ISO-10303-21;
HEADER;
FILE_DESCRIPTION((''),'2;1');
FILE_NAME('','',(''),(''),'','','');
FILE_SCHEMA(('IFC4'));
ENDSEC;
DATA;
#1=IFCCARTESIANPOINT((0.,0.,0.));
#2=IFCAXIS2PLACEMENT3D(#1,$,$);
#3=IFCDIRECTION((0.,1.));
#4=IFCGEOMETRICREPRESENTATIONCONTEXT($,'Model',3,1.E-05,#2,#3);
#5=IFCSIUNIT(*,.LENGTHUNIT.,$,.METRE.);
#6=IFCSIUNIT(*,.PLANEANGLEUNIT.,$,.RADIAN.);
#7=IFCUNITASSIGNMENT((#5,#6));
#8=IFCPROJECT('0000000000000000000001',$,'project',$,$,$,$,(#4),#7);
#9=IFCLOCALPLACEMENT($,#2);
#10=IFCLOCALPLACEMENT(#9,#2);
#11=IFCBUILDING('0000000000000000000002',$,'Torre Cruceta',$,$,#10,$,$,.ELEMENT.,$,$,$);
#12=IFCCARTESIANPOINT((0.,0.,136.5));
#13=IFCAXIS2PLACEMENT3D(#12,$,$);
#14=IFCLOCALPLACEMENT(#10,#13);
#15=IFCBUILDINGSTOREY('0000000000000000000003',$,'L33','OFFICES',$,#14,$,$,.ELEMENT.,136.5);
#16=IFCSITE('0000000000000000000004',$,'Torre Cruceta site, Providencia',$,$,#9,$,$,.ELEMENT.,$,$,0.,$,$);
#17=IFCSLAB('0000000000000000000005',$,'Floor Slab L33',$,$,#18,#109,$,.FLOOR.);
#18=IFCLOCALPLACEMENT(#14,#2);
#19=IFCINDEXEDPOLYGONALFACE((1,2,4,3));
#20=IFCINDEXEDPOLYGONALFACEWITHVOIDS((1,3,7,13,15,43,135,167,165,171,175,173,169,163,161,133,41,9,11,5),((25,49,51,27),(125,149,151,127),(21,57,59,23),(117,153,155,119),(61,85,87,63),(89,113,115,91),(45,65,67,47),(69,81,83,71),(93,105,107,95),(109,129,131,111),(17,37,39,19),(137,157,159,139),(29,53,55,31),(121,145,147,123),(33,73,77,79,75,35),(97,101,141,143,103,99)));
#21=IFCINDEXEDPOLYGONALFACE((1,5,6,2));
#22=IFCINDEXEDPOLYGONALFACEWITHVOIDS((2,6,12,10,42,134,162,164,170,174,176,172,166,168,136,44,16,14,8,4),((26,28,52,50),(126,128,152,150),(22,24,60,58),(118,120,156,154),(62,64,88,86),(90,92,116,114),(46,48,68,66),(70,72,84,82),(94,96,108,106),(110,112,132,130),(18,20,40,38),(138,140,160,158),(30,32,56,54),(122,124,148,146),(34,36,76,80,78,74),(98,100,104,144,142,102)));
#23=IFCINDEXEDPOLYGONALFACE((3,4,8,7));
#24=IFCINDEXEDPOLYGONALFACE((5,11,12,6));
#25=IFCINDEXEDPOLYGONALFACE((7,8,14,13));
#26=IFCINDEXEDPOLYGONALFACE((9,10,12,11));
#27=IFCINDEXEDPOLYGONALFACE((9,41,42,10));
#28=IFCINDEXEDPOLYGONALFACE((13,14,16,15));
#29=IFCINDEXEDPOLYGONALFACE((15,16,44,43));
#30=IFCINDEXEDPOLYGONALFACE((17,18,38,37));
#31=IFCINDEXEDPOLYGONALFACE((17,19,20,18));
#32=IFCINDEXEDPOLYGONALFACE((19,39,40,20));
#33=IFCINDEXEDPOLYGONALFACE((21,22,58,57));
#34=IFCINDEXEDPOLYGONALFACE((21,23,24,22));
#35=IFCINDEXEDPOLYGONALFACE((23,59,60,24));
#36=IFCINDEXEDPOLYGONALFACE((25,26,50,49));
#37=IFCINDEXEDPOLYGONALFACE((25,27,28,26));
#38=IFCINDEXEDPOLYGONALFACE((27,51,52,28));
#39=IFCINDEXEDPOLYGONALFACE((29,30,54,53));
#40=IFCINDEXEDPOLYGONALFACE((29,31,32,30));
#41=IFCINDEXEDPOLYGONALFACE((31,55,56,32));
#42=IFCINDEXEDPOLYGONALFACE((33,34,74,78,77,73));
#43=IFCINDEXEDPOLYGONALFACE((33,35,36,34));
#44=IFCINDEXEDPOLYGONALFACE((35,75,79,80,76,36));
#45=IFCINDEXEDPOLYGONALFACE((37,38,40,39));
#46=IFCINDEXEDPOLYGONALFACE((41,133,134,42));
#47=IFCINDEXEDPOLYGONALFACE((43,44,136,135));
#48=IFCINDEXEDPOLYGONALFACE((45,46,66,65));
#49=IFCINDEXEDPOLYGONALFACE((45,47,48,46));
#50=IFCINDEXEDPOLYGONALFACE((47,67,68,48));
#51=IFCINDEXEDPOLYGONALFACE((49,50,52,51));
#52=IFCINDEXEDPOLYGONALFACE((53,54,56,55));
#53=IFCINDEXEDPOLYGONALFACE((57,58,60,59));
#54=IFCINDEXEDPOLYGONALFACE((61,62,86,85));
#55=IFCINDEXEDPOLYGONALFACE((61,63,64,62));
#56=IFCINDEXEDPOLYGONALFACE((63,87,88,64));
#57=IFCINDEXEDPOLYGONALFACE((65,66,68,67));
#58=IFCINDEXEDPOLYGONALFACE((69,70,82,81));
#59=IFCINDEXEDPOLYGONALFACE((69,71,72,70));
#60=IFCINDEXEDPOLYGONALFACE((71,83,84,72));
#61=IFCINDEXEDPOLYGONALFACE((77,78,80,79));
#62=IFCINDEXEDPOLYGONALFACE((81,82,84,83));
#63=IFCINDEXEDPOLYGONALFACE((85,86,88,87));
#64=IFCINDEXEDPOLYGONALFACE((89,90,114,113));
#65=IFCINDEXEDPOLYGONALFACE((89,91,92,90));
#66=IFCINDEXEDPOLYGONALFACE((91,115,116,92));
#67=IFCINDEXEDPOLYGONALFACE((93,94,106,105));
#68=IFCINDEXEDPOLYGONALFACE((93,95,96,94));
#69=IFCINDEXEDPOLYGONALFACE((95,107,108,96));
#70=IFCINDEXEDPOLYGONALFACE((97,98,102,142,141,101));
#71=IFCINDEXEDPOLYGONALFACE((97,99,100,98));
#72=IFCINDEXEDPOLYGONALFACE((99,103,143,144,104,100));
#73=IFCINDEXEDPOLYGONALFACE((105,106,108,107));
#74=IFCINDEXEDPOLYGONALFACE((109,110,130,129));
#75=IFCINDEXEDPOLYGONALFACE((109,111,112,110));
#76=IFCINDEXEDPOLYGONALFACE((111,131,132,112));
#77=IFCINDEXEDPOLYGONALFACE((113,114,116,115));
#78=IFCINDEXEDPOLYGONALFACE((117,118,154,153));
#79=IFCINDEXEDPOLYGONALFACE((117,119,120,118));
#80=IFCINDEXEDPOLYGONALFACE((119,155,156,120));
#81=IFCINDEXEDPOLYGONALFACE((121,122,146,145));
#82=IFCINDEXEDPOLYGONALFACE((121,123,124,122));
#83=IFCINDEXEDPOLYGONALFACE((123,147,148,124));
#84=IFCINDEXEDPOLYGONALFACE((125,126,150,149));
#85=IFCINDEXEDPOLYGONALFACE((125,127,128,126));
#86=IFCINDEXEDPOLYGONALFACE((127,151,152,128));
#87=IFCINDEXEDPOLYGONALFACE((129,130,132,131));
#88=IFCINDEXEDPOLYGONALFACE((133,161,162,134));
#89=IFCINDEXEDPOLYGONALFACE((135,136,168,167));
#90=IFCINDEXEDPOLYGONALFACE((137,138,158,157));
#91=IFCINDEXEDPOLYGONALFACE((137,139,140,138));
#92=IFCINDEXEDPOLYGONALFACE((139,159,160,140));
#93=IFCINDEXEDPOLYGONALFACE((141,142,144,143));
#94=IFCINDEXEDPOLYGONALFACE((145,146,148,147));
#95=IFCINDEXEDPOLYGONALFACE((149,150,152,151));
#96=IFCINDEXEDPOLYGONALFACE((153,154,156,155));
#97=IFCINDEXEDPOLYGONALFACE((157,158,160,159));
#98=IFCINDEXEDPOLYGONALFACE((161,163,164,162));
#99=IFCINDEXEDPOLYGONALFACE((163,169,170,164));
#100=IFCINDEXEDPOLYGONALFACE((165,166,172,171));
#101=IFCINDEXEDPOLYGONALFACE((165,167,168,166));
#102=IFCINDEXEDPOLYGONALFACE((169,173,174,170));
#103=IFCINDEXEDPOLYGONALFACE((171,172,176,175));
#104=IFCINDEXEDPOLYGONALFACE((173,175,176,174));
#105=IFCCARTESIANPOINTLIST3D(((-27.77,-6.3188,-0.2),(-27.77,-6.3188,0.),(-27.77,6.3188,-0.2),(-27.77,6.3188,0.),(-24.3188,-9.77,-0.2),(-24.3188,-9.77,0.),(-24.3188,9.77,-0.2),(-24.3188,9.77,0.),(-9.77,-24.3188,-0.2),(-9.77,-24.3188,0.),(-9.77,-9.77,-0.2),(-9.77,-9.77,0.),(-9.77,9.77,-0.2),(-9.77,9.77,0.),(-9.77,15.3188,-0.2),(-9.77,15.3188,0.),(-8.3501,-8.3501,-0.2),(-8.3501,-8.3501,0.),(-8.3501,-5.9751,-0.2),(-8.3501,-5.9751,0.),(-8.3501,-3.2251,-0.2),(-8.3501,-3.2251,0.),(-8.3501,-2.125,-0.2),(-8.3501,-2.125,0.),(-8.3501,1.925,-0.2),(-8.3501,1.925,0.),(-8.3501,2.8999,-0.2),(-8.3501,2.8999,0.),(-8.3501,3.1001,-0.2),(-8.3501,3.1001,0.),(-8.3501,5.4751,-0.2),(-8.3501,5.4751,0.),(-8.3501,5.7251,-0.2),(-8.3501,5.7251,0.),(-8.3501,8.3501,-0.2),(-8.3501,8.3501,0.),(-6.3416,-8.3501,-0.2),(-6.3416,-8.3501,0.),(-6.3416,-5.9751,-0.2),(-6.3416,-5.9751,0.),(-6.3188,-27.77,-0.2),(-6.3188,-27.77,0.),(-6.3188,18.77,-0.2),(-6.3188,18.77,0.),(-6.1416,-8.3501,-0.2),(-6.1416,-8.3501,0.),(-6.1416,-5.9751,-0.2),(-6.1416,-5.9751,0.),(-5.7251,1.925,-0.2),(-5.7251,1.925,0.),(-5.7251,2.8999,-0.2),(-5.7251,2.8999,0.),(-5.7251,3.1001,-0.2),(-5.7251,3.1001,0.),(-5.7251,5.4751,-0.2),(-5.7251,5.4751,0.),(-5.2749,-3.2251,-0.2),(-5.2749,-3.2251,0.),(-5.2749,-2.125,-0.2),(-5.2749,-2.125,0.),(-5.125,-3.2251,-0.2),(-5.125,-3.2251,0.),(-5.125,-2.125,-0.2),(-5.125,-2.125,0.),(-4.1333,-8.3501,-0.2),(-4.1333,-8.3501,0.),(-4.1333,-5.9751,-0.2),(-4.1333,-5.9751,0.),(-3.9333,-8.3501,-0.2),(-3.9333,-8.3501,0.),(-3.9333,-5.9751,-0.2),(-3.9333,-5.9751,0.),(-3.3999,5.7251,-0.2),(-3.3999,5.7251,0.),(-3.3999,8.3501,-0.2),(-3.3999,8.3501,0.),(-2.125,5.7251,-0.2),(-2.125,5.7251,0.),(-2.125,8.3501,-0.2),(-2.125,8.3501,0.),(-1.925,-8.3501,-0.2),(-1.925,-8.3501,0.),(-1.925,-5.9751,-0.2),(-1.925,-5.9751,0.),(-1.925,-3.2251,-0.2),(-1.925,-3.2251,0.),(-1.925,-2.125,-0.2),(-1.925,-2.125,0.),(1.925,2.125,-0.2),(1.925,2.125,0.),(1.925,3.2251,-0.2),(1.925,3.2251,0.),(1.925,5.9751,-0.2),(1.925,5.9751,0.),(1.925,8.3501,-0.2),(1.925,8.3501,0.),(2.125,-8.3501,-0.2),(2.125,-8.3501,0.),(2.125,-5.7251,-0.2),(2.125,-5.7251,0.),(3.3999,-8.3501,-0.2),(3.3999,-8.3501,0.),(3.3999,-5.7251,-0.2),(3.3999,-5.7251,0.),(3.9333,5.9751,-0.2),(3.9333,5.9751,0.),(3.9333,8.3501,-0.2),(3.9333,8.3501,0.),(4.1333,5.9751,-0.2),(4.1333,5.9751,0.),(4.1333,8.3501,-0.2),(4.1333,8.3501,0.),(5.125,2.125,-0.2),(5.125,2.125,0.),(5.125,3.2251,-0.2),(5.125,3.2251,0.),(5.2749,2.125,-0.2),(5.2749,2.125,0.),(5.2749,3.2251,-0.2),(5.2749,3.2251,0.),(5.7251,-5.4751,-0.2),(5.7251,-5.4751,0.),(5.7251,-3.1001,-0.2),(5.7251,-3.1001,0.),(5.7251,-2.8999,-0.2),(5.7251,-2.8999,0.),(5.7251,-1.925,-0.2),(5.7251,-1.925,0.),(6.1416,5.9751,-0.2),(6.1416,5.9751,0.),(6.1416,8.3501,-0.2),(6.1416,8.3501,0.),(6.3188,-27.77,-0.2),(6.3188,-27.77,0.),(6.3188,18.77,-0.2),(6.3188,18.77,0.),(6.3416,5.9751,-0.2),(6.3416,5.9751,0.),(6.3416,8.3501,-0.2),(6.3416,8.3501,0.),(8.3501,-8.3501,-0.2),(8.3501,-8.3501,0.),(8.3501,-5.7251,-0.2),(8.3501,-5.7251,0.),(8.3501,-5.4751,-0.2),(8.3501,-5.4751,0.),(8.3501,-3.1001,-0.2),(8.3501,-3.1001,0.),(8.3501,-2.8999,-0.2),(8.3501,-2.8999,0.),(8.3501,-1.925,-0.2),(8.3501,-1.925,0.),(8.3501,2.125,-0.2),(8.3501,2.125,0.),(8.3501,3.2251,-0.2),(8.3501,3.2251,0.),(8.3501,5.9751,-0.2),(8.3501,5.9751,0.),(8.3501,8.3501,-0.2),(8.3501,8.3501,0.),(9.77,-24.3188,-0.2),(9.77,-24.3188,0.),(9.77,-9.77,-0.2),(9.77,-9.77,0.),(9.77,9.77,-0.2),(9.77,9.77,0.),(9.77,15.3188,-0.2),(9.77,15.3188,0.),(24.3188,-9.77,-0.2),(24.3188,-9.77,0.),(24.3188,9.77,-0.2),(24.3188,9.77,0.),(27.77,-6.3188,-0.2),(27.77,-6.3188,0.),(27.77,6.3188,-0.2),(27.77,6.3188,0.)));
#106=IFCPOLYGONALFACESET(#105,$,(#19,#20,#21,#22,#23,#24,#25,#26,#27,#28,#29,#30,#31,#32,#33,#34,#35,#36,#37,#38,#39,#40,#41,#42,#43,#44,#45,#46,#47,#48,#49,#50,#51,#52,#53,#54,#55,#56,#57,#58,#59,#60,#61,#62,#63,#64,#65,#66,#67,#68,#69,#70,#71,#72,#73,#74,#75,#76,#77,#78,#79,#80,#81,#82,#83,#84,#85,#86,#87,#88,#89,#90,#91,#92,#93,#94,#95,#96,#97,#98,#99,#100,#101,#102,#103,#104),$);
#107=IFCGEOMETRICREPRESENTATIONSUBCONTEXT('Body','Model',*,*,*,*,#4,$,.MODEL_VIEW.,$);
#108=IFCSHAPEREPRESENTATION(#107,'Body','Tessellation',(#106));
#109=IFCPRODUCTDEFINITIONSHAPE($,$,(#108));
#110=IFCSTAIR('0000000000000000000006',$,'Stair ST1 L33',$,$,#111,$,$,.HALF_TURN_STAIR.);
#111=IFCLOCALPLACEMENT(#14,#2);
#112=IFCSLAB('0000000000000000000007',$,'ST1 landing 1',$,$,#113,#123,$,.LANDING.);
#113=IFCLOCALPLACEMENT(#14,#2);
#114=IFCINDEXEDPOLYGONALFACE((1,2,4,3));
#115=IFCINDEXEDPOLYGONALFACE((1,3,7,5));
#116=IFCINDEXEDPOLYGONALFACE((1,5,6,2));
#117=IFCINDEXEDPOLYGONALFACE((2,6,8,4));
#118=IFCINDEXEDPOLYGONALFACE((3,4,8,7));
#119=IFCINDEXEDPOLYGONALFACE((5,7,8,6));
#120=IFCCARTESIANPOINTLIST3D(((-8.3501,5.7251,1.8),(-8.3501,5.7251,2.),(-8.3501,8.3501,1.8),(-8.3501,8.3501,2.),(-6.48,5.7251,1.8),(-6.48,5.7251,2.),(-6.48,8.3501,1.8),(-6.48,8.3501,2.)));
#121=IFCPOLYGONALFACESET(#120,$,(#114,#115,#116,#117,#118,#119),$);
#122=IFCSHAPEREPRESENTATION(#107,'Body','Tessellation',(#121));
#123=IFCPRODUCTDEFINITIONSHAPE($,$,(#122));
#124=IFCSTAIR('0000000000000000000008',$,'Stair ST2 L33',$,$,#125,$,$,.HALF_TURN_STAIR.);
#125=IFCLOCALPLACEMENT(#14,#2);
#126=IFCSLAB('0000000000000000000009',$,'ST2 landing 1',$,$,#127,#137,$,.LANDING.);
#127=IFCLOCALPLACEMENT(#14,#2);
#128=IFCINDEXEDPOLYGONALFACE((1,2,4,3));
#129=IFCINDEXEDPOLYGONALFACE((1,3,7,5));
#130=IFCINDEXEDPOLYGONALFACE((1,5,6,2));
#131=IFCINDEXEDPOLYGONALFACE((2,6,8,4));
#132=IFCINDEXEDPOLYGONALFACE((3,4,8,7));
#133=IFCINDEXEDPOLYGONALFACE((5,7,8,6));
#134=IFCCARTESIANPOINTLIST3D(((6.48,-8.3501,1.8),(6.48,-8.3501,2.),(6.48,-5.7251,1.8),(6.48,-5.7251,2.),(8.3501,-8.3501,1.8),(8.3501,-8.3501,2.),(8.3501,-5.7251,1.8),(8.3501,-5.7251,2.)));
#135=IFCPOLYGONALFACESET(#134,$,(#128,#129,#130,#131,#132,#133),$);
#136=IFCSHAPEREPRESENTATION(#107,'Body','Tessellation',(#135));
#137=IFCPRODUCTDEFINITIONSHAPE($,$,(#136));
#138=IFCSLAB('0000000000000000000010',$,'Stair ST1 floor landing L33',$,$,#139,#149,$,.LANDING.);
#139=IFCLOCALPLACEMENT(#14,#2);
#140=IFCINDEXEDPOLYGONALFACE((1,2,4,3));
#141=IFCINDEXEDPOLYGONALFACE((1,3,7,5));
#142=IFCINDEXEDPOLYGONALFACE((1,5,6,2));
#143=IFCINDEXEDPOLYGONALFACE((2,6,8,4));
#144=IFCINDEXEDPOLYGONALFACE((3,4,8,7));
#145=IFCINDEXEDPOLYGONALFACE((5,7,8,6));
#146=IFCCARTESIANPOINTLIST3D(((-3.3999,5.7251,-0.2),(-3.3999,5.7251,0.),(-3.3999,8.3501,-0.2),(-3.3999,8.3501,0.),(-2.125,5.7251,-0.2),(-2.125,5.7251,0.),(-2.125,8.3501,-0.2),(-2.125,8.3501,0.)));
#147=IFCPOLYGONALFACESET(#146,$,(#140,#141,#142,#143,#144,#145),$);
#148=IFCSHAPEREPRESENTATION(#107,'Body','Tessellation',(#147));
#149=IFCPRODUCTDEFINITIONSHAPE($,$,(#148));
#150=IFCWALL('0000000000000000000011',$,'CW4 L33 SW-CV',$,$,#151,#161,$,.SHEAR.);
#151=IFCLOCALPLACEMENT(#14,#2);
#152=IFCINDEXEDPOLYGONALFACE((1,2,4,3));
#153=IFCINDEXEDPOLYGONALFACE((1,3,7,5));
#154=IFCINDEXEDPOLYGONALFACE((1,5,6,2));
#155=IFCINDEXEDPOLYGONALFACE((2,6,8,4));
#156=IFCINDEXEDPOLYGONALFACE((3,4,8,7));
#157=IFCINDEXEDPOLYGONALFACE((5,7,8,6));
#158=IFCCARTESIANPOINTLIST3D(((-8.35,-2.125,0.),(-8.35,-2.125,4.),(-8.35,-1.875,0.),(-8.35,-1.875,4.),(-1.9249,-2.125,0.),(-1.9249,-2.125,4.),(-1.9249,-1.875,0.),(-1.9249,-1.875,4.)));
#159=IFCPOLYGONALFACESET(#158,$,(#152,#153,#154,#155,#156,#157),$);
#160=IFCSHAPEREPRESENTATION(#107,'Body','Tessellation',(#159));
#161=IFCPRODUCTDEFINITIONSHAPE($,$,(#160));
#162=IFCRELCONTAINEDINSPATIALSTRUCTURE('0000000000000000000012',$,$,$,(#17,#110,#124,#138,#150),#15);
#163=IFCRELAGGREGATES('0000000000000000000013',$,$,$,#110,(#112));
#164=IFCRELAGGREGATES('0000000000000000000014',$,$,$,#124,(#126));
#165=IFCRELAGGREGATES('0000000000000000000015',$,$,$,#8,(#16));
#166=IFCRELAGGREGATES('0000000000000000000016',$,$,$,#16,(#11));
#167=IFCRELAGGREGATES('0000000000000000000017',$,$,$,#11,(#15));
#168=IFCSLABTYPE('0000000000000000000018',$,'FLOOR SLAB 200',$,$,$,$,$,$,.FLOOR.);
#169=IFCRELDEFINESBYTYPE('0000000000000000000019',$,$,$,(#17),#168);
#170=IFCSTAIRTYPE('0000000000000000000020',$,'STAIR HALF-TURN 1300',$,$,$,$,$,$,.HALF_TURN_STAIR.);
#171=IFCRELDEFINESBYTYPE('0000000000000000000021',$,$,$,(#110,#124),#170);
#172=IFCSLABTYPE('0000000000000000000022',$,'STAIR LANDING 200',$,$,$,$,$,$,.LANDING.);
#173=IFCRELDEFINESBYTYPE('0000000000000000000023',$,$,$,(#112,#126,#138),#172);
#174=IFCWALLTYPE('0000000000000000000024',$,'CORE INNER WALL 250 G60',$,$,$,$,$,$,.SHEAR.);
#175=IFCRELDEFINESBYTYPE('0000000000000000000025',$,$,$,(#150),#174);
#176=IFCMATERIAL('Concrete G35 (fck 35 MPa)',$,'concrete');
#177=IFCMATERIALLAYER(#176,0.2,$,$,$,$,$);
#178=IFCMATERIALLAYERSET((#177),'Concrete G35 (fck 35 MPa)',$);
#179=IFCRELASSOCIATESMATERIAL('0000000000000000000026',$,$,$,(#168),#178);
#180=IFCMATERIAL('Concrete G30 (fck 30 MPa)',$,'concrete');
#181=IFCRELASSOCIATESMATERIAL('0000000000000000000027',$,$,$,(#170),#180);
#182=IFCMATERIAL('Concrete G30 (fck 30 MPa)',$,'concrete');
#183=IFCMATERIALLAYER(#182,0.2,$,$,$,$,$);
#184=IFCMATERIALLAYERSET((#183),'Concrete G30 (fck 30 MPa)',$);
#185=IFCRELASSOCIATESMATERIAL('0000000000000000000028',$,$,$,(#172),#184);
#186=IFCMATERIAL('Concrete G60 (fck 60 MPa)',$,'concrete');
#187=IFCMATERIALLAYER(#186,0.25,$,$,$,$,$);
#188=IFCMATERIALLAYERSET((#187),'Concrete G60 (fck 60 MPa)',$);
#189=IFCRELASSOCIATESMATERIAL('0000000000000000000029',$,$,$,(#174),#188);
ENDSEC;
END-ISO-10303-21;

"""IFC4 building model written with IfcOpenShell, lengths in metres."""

from ifc_helpers import new_model, si_unit, direction, frame, frame_2d, origin, place, context, subcontext, project, spatial, polyline, rectangle, outline, extrude, material, layer, layer_set, type_object, element, aggregate, save


model = new_model("IFC4")

# Units and contexts
model_context = context("Model", 3, precision=1e-05, world=origin(), true_north=direction((0.0, 1.0)))
body_context = subcontext(model_context, "Body", "Model", "MODEL_VIEW")
ifc_project = project(units=[si_unit("LENGTHUNIT", "METRE"), si_unit("PLANEANGLEUNIT", "RADIAN")], contexts=[model_context])

# Site, building, storey
site_placement = place(None, origin())
site = spatial("IfcSite", under=ifc_project, at=site_placement, Name="Torre Cruceta site, Providencia", CompositionType="ELEMENT", RefElevation=0.0)
building_placement = place(site_placement, origin())
building = spatial("IfcBuilding", under=site, at=building_placement, Name="Torre Cruceta", CompositionType="ELEMENT")
storey_placement = place(building_placement, frame((0.0, 0.0, 136.5)))
storey = spatial("IfcBuildingStorey", under=building, at=storey_placement, Name="L33", Description="OFFICES", CompositionType="ELEMENT", Elevation=136.5)

# Slab
ifc_material_1 = material(Name="Concrete G35 (fck 35 MPa)", Category="concrete")
ifc_layer_1 = layer(ifc_material_1, 0.2)
ifc_layer_set_1 = layer_set([ifc_layer_1], Name="Concrete G35 (fck 35 MPa)")
slab_type_1 = type_object("IfcSlabType", Name="FLOOR SLAB 200", PredefinedType="FLOOR", material=ifc_layer_set_1)
slab_1_placement = place(storey_placement, frame((0.0, 0.0, -0.2)))
element("IfcSlab", 1, at=slab_1_placement, inside=storey, type_object=slab_type_1, Name="Floor Slab L33", PredefinedType="FLOOR", context=body_context, shape_type="SweptSolid", body=[
    extrude(outline(polyline([(9.77, -9.77), (9.77, -24.3188), (6.3188, -27.77), (-6.3188, -27.77), (-9.77, -24.3188), (-9.77, -9.77), (-24.3188, -9.77), (-27.77, -6.3188), (-27.77, 6.3188), (-24.3188, 9.77), (-9.77, 9.77), (-9.77, 15.3188), (-6.3188, 18.77), (6.3188, 18.77), (9.77, 15.3188), (9.77, 9.77), (24.3188, 9.77), (27.77, 6.3188), (27.77, -6.3188), (24.3188, -9.77), (9.77, -9.77)]), holes=[polyline([(1.925, 5.9751), (3.9333, 5.9751), (3.9333, 8.3501), (1.925, 8.3501), (1.925, 5.9751)]), polyline([(4.1333, 5.9751), (6.1416, 5.9751), (6.1416, 8.3501), (4.1333, 8.3501), (4.1333, 5.9751)]), polyline([(6.3416, 5.9751), (8.3501, 5.9751), (8.3501, 8.3501), (6.3416, 8.3501), (6.3416, 5.9751)]), polyline([(1.925, 2.125), (5.125, 2.125), (5.125, 3.2251), (1.925, 3.2251), (1.925, 2.125)]), polyline([(5.2749, 2.125), (8.3501, 2.125), (8.3501, 3.2251), (5.2749, 3.2251), (5.2749, 2.125)]), polyline([(-8.3501, 3.1001), (-5.7251, 3.1001), (-5.7251, 5.4751), (-8.3501, 5.4751), (-8.3501, 3.1001)]), polyline([(-8.3501, 1.925), (-5.7251, 1.925), (-5.7251, 2.8999), (-8.3501, 2.8999), (-8.3501, 1.925)]), polyline([(-3.9333, -8.3501), (-1.925, -8.3501), (-1.925, -5.9751), (-3.9333, -5.9751), (-3.9333, -8.3501)]), polyline([(-6.1416, -8.3501), (-4.1333, -8.3501), (-4.1333, -5.9751), (-6.1416, -5.9751), (-6.1416, -8.3501)]), polyline([(-8.3501, -8.3501), (-6.3416, -8.3501), (-6.3416, -5.9751), (-8.3501, -5.9751), (-8.3501, -8.3501)]), polyline([(-5.125, -3.2251), (-1.925, -3.2251), (-1.925, -2.125), (-5.125, -2.125), (-5.125, -3.2251)]), polyline([(-8.3501, -3.2251), (-5.2749, -3.2251), (-5.2749, -2.125), (-8.3501, -2.125), (-8.3501, -3.2251)]), polyline([(5.7251, -5.4751), (8.3501, -5.4751), (8.3501, -3.1001), (5.7251, -3.1001), (5.7251, -5.4751)]), polyline([(5.7251, -2.8999), (8.3501, -2.8999), (8.3501, -1.925), (5.7251, -1.925), (5.7251, -2.8999)]), polyline([(-8.3501, 5.7251), (-8.3501, 8.3501), (-3.3999, 8.3501), (-2.125, 8.3501), (-2.125, 5.7251), (-3.3999, 5.7251), (-8.3501, 5.7251)]), polyline([(2.125, -5.7251), (3.3999, -5.7251), (8.3501, -5.7251), (8.3501, -8.3501), (3.3999, -8.3501), (2.125, -8.3501), (2.125, -5.7251)])]), origin(), (0.0, 0.0, 1.0), 0.2),
])

# Stairs, slabs
ifc_material_2 = material(Name="Concrete G30 (fck 30 MPa)", Category="concrete")
stair_type = type_object("IfcStairType", Name="STAIR HALF-TURN 1300", PredefinedType="HALF_TURN_STAIR", material=ifc_material_2)
stair_1_placement = place(storey_placement, origin())
stair_1 = element("IfcStair", 2, at=stair_1_placement, inside=storey, type_object=stair_type, Name="Stair ST1 L33", PredefinedType="HALF_TURN_STAIR")
ifc_material_3 = material(Name="Concrete G30 (fck 30 MPa)", Category="concrete")
ifc_layer_2 = layer(ifc_material_3, 0.2)
ifc_layer_set_2 = layer_set([ifc_layer_2], Name="Concrete G30 (fck 30 MPa)")
slab_type_2 = type_object("IfcSlabType", Name="STAIR LANDING 200", PredefinedType="LANDING", material=ifc_layer_set_2)
slab_2_placement = place(storey_placement, frame((0.0, 0.0, 1.8)))
slab_2 = element("IfcSlab", 3, at=slab_2_placement, type_object=slab_type_2, Name="ST1 landing 1", PredefinedType="LANDING", context=body_context, shape_type="SweptSolid", body=[
    extrude(outline(polyline([(-8.3501, 5.7251), (-6.48, 5.7251), (-6.48, 8.3501), (-8.3501, 8.3501), (-8.3501, 5.7251)])), origin(), (0.0, 0.0, 1.0), 0.2),
])
aggregate(stair_1, [slab_2])
stair_2_placement = place(storey_placement, origin())
stair_2 = element("IfcStair", 4, at=stair_2_placement, inside=storey, type_object=stair_type, Name="Stair ST2 L33", PredefinedType="HALF_TURN_STAIR")
slab_3_placement = place(storey_placement, frame((0.0, 0.0, 1.8)))
slab_3 = element("IfcSlab", 5, at=slab_3_placement, type_object=slab_type_2, Name="ST2 landing 1", PredefinedType="LANDING", context=body_context, shape_type="SweptSolid", body=[
    extrude(outline(polyline([(6.48, -8.3501), (8.3501, -8.3501), (8.3501, -5.7251), (6.48, -5.7251), (6.48, -8.3501)])), origin(), (0.0, 0.0, 1.0), 0.2),
])
aggregate(stair_2, [slab_3])

# Slab
slab_4_placement = place(storey_placement, frame((0.0, 0.0, -0.2)))
element("IfcSlab", 6, at=slab_4_placement, inside=storey, type_object=slab_type_2, Name="Stair ST1 floor landing L33", PredefinedType="LANDING", context=body_context, shape_type="SweptSolid", body=[
    extrude(outline(polyline([(-2.125, 8.3501), (-2.125, 5.7251), (-3.3999, 5.7251), (-3.3999, 8.3501), (-2.125, 8.3501)])), origin(), (0.0, 0.0, 1.0), 0.2),
])

# Shared definitions
ifc_material_4 = material(Name="Concrete G60 (fck 60 MPa)", Category="concrete")
ifc_layer_3 = layer(ifc_material_4, 0.25)
ifc_layer_set_3 = layer_set([ifc_layer_3], Name="Concrete G60 (fck 60 MPa)")
wall_type_1 = type_object("IfcWallType", Name="CORE INNER WALL 250 G60", PredefinedType="SHEAR", material=ifc_layer_set_3)

# Wall
wall_1_placement = place(storey_placement, frame((-1.925, -2.0, 0.0), z_axis=(0.0, 0.0, 1.0), x_axis=(-1.0, 0.0, 0.0)))
element("IfcWall", 7, at=wall_1_placement, inside=storey, type_object=wall_type_1, Name="CW4 L33 SW-CV", PredefinedType="SHEAR", context=body_context, shape_type="SweptSolid", body=[
    extrude(rectangle(XDim=6.425, YDim=0.25, at=frame_2d((3.2124, 0.0))), origin(), (0.0, 0.0, 1.0), 4.0),
])

save(model, "model.ifc")
